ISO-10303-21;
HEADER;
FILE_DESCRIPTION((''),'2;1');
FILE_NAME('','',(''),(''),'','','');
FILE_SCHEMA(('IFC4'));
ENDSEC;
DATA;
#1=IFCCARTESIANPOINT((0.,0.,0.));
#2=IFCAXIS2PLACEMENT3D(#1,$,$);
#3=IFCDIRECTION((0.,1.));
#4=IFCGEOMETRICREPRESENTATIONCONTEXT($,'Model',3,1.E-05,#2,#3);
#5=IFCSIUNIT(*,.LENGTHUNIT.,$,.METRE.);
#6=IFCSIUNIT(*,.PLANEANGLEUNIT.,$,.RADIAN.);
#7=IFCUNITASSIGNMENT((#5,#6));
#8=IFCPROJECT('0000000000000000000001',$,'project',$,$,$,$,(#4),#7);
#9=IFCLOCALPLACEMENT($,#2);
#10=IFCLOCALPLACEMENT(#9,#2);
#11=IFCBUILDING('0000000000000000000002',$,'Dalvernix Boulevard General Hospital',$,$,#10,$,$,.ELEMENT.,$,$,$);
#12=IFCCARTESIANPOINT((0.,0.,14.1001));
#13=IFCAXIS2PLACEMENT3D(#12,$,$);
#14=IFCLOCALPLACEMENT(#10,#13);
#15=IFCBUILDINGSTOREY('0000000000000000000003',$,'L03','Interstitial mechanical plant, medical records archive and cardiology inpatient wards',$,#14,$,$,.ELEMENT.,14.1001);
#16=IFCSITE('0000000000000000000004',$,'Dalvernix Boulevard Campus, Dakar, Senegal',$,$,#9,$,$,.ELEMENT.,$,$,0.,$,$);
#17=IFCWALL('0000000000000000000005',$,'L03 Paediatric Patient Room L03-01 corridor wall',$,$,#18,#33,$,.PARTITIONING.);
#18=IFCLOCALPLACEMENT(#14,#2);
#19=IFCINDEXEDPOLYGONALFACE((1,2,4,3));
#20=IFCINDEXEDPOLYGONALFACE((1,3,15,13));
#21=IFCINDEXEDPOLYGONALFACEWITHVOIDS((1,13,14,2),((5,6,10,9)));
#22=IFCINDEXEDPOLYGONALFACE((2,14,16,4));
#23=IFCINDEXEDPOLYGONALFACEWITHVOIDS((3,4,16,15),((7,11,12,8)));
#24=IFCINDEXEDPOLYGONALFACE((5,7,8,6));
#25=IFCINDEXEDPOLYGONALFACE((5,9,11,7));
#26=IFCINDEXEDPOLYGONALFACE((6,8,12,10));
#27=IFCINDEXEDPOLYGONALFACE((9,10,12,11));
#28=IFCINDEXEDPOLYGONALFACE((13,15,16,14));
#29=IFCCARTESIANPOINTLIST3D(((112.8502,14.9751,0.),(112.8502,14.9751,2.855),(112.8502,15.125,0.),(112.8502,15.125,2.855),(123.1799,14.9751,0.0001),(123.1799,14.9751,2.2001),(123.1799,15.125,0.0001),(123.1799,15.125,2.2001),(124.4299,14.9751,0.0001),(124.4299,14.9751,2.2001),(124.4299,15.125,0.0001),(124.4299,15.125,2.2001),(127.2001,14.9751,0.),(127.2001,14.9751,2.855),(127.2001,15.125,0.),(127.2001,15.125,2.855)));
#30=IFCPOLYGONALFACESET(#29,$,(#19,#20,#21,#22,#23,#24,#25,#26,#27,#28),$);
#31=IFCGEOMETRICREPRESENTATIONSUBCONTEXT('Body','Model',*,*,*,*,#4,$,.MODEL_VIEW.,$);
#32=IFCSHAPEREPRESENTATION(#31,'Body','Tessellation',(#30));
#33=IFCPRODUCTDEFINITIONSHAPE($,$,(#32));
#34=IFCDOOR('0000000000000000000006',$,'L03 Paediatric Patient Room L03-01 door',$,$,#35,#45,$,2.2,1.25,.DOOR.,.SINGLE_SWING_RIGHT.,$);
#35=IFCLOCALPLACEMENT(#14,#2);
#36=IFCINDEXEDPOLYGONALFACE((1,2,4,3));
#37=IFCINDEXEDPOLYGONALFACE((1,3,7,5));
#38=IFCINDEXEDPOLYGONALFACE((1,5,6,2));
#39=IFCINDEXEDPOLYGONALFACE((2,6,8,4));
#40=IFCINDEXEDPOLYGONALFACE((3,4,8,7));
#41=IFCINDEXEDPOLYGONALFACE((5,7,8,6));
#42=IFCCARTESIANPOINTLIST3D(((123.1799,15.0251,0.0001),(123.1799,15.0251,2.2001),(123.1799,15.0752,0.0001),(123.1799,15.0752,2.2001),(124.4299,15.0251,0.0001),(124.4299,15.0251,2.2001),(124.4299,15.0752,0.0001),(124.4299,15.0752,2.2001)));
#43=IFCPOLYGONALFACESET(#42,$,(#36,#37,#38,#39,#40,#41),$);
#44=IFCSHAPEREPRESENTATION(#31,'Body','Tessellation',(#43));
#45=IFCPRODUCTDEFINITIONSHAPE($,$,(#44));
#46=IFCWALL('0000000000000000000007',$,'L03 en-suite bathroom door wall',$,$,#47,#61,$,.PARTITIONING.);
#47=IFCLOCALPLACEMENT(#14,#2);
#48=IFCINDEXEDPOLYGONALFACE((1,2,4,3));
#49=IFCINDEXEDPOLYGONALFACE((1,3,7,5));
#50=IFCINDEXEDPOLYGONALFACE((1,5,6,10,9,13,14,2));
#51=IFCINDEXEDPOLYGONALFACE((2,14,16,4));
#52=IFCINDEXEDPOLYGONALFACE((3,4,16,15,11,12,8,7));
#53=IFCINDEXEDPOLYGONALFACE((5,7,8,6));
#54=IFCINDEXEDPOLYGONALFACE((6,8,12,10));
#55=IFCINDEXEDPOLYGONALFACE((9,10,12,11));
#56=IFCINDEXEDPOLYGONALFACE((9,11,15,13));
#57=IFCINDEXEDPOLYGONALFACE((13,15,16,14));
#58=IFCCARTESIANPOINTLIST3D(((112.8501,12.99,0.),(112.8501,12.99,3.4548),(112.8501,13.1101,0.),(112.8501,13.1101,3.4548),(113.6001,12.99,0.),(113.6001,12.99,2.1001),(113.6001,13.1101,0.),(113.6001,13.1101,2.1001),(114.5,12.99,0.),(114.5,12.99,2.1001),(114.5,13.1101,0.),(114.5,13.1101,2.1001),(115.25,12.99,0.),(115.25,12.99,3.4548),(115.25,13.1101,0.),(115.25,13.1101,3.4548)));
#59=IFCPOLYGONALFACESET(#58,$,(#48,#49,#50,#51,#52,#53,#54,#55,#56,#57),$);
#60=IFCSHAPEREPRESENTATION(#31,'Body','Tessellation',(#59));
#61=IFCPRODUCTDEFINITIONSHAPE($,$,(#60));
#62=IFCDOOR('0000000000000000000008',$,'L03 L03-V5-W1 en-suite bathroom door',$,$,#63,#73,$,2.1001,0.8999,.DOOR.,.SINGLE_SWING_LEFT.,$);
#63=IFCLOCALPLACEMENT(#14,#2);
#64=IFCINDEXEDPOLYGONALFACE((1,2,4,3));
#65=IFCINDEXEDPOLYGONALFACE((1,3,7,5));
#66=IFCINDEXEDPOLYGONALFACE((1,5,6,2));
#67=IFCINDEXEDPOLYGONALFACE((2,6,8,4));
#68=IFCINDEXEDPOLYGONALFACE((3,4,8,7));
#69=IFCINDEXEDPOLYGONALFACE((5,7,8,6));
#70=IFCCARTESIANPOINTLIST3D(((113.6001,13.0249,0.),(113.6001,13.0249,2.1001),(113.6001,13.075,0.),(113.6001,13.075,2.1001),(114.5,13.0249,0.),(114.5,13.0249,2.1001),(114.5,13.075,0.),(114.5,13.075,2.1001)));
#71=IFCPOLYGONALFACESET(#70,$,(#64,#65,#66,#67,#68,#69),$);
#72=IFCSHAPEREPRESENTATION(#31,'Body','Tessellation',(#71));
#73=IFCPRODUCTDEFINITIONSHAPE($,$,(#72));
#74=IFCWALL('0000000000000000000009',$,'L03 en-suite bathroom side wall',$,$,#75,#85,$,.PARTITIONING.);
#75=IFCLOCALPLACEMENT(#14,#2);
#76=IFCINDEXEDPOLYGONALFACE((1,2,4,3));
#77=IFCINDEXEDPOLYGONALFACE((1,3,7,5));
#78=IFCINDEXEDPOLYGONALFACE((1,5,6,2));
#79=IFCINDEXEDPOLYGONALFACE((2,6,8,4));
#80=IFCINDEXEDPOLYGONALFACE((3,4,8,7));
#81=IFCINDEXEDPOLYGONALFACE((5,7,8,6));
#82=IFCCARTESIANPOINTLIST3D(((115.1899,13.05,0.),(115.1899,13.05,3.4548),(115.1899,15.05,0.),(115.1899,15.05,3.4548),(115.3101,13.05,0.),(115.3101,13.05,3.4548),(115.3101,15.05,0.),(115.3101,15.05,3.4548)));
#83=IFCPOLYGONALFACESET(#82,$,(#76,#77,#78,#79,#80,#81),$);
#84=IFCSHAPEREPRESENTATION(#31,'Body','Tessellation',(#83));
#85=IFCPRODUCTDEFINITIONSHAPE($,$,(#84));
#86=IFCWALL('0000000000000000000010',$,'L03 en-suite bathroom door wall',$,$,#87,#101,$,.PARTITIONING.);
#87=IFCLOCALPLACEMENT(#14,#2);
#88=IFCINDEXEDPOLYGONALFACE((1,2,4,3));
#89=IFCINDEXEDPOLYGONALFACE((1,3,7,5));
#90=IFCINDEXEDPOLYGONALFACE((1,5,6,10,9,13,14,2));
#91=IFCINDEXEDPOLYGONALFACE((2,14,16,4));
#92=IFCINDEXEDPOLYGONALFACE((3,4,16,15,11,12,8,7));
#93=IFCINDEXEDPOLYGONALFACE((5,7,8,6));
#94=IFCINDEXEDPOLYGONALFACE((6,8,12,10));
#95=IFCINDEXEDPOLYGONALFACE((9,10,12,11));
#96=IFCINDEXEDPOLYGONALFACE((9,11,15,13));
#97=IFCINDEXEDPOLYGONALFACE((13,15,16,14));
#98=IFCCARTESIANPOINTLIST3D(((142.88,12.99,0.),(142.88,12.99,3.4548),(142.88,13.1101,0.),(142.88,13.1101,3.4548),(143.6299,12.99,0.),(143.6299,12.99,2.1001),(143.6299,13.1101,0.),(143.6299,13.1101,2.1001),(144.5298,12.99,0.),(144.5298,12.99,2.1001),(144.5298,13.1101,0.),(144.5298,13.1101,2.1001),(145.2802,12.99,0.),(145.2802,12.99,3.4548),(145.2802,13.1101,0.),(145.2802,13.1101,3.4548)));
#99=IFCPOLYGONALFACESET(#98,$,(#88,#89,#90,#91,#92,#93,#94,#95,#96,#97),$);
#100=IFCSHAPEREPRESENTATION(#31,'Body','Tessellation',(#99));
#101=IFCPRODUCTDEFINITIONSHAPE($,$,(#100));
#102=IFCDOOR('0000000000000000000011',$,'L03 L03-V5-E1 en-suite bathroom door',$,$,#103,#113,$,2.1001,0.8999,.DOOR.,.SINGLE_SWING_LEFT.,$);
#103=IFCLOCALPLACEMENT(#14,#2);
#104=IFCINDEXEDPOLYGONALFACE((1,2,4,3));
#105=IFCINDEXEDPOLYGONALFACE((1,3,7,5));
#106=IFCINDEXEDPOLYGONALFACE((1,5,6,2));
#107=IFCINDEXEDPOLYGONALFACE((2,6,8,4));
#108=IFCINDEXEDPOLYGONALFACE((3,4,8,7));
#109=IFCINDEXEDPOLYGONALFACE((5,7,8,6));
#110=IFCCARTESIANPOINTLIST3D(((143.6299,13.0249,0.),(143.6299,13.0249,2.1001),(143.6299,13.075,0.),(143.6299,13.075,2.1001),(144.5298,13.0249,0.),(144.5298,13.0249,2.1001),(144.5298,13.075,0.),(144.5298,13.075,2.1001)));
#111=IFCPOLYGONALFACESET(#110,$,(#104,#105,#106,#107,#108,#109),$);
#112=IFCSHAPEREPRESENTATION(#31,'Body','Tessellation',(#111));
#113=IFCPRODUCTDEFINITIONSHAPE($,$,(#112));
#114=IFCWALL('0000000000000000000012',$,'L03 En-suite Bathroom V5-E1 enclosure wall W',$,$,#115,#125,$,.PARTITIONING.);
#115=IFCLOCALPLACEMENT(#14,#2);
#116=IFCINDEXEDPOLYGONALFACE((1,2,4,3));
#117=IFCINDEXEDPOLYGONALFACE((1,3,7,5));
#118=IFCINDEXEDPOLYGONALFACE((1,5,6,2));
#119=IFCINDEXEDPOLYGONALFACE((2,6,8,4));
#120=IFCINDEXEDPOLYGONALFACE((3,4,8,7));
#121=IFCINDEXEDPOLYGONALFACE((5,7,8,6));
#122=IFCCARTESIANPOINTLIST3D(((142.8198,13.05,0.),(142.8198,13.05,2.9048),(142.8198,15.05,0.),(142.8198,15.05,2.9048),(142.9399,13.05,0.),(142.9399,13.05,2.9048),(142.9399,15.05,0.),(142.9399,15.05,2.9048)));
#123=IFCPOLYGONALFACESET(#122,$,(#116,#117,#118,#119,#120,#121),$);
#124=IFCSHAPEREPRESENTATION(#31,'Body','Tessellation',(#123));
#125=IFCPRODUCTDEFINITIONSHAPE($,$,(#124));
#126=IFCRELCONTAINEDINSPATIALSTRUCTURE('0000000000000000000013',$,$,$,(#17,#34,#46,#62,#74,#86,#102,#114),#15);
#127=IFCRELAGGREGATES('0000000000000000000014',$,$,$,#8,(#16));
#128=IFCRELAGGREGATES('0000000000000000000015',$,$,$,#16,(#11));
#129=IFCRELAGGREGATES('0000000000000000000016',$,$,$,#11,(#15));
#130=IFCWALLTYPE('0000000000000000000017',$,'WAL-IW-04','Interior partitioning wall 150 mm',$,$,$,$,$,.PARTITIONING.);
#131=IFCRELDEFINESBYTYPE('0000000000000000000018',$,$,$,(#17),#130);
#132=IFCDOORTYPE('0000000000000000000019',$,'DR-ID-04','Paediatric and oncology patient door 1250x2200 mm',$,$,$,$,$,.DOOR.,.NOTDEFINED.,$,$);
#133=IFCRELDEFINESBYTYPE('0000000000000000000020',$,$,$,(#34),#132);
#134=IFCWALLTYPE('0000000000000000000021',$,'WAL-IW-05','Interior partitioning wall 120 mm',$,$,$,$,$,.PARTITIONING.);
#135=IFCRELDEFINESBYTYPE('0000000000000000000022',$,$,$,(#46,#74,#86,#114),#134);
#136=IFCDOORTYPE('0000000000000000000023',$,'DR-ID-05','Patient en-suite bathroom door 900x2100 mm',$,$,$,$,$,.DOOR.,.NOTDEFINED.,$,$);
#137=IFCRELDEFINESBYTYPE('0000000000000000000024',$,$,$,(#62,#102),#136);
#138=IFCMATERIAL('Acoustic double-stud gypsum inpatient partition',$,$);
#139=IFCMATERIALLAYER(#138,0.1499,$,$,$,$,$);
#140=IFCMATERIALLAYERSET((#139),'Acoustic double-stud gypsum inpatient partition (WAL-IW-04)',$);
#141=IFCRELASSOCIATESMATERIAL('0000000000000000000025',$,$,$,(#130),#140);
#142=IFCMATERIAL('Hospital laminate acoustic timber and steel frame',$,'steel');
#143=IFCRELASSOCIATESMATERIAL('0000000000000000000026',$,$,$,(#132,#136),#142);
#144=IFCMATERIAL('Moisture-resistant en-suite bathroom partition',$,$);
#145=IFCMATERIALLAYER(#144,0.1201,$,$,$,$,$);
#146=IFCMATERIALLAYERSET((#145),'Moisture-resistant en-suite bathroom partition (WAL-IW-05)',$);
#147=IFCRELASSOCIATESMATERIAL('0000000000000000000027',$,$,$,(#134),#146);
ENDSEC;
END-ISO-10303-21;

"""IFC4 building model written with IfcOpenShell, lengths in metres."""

from ifc_helpers import new_model, si_unit, direction, frame, frame_2d, origin, place, context, subcontext, project, spatial, rectangle, extrude, material, layer, layer_set, type_object, element, fill, save


model = new_model("IFC4")

# Units and contexts
model_context = context("Model", 3, precision=1e-05, world=origin(), true_north=direction((0.0, 1.0)))
body_context = subcontext(model_context, "Body", "Model", "MODEL_VIEW")
ifc_project = project(units=[si_unit("LENGTHUNIT", "METRE"), si_unit("PLANEANGLEUNIT", "RADIAN")], contexts=[model_context])

# Site, building, storey
site_placement = place(None, origin())
site = spatial("IfcSite", under=ifc_project, at=site_placement, Name="Dalvernix Boulevard Campus, Dakar, Senegal", CompositionType="ELEMENT", RefElevation=0.0)
building_placement = place(site_placement, origin())
building = spatial("IfcBuilding", under=site, at=building_placement, Name="Dalvernix Boulevard General Hospital", CompositionType="ELEMENT")
storey_placement = place(building_placement, frame((0.0, 0.0, 14.1001)))
storey = spatial("IfcBuildingStorey", under=building, at=storey_placement, Name="L03", Description="Interstitial mechanical plant, medical records archive and cardiology inpatient wards", CompositionType="ELEMENT", Elevation=14.1001)

# Walls, openings, doors
ifc_material_1 = material(Name="Acoustic double-stud gypsum inpatient partition")
ifc_layer_1 = layer(ifc_material_1, 0.1499)
ifc_layer_set_1 = layer_set([ifc_layer_1], Name="Acoustic double-stud gypsum inpatient partition (WAL-IW-04)")
wall_type_1 = type_object("IfcWallType", Name="WAL-IW-04", Description="Interior partitioning wall 150 mm", PredefinedType="PARTITIONING", material=ifc_layer_set_1)
wall_1_placement = place(storey_placement, frame((127.2, 15.05, 0.0), z_axis=(0.0, 0.0, 1.0), x_axis=(-1.0, 0.0, 0.0)))
wall_1 = element("IfcWall", 1, at=wall_1_placement, inside=storey, type_object=wall_type_1, Name="L03 Paediatric Patient Room L03-01 corridor wall", PredefinedType="PARTITIONING", context=body_context, shape_type="SweptSolid", body=[
    extrude(rectangle(XDim=14.3499, YDim=0.1499, at=frame_2d((7.1748, 0.0))), origin(), (0.0, 0.0, 1.0), 2.855),
])
opening_1_placement = place(wall_1_placement, frame((2.77, 0.0, 0.0)))
opening_1 = element("IfcOpeningElement", 2, at=opening_1_placement, cuts=wall_1, PredefinedType="OPENING", context=body_context, shape_type="SweptSolid", body=[
    extrude(rectangle(XDim=1.25, YDim=2.2, at=frame_2d((0.625, 1.1001))), frame((0.0, 0.085, 0.0), z_axis=(0.0, -1.0, 0.0), x_axis=(1.0, 0.0, 0.0)), (0.0, 0.0, 1.0), 0.1699),
])
ifc_material_2 = material(Name="Hospital laminate acoustic timber and steel frame", Category="steel")
door_type_1 = type_object("IfcDoorType", Name="DR-ID-04", Description="Paediatric and oncology patient door 1250x2200 mm", OperationType="NOTDEFINED", PredefinedType="DOOR", material=ifc_material_2)
door_1_placement = place(opening_1_placement, origin())
door_1 = element("IfcDoor", 3, at=door_1_placement, inside=storey, type_object=door_type_1, Name="L03 Paediatric Patient Room L03-01 door", OperationType="SINGLE_SWING_RIGHT", OverallHeight=2.2, OverallWidth=1.25, PredefinedType="DOOR", context=body_context, shape_type="SweptSolid", body=[
    extrude(rectangle(XDim=1.25, YDim=2.2, at=frame_2d((0.625, 1.1001))), frame((0.0, 0.0249, 0.0), z_axis=(0.0, -1.0, 0.0), x_axis=(1.0, 0.0, 0.0)), (0.0, 0.0, 1.0), 0.05),
])
fill(opening_1, door_1)
ifc_material_3 = material(Name="Moisture-resistant en-suite bathroom partition")
ifc_layer_2 = layer(ifc_material_3, 0.1201)
ifc_layer_set_2 = layer_set([ifc_layer_2], Name="Moisture-resistant en-suite bathroom partition (WAL-IW-05)")
wall_type_2 = type_object("IfcWallType", Name="WAL-IW-05", Description="Interior partitioning wall 120 mm", PredefinedType="PARTITIONING", material=ifc_layer_set_2)
wall_2_placement = place(storey_placement, frame((112.8501, 13.05, 0.0), z_axis=(0.0, 0.0, 1.0), x_axis=(1.0, 0.0, 0.0)))
wall_2 = element("IfcWall", 4, at=wall_2_placement, inside=storey, type_object=wall_type_2, Name="L03 en-suite bathroom door wall", PredefinedType="PARTITIONING", context=body_context, shape_type="SweptSolid", body=[
    extrude(rectangle(XDim=2.3999, YDim=0.1201, at=frame_2d((1.2, 0.0))), origin(), (0.0, 0.0, 1.0), 3.4548),
])
opening_2_placement = place(wall_2_placement, frame((0.75, 0.0, 0.0)))
opening_2 = element("IfcOpeningElement", 5, at=opening_2_placement, cuts=wall_2, PredefinedType="OPENING", context=body_context, shape_type="SweptSolid", body=[
    extrude(rectangle(XDim=0.8999, YDim=2.1001, at=frame_2d((0.45, 1.05))), frame((0.0, 0.0701, 0.0), z_axis=(0.0, -1.0, 0.0), x_axis=(1.0, 0.0, 0.0)), (0.0, 0.0, 1.0), 0.1401),
])
door_type_2 = type_object("IfcDoorType", Name="DR-ID-05", Description="Patient en-suite bathroom door 900x2100 mm", OperationType="NOTDEFINED", PredefinedType="DOOR", material=ifc_material_2)
door_2_placement = place(opening_2_placement, origin())
door_2 = element("IfcDoor", 6, at=door_2_placement, inside=storey, type_object=door_type_2, Name="L03 L03-V5-W1 en-suite bathroom door", OperationType="SINGLE_SWING_LEFT", OverallHeight=2.1001, OverallWidth=0.8999, PredefinedType="DOOR", context=body_context, shape_type="SweptSolid", body=[
    extrude(rectangle(XDim=0.8999, YDim=2.1001, at=frame_2d((0.45, 1.05))), frame((0.0, 0.0249, 0.0), z_axis=(0.0, -1.0, 0.0), x_axis=(1.0, 0.0, 0.0)), (0.0, 0.0, 1.0), 0.05),
])
fill(opening_2, door_2)

# Wall
wall_3_placement = place(storey_placement, frame((115.25, 13.05, 0.0), z_axis=(0.0, 0.0, 1.0), x_axis=(0.0, 1.0, 0.0)))
element("IfcWall", 7, at=wall_3_placement, inside=storey, type_object=wall_type_2, Name="L03 en-suite bathroom side wall", PredefinedType="PARTITIONING", context=body_context, shape_type="SweptSolid", body=[
    extrude(rectangle(XDim=2.0, YDim=0.1201, at=frame_2d((1.0, 0.0))), origin(), (0.0, 0.0, 1.0), 3.4548),
])

# Wall, opening, door
wall_4_placement = place(storey_placement, frame((142.8799, 13.05, 0.0), z_axis=(0.0, 0.0, 1.0), x_axis=(1.0, 0.0, 0.0)))
wall_4 = element("IfcWall", 8, at=wall_4_placement, inside=storey, type_object=wall_type_2, Name="L03 en-suite bathroom door wall", PredefinedType="PARTITIONING", context=body_context, shape_type="SweptSolid", body=[
    extrude(rectangle(XDim=2.4001, YDim=0.1201, at=frame_2d((1.2002, 0.0))), origin(), (0.0, 0.0, 1.0), 3.4548),
])
opening_3_placement = place(wall_4_placement, frame((0.75, 0.0, 0.0)))
opening_3 = element("IfcOpeningElement", 9, at=opening_3_placement, cuts=wall_4, PredefinedType="OPENING", context=body_context, shape_type="SweptSolid", body=[
    extrude(rectangle(XDim=0.8999, YDim=2.1001, at=frame_2d((0.45, 1.05))), frame((0.0, 0.0701, 0.0), z_axis=(0.0, -1.0, 0.0), x_axis=(1.0, 0.0, 0.0)), (0.0, 0.0, 1.0), 0.1401),
])
door_3_placement = place(opening_3_placement, origin())
door_3 = element("IfcDoor", 10, at=door_3_placement, inside=storey, type_object=door_type_2, Name="L03 L03-V5-E1 en-suite bathroom door", OperationType="SINGLE_SWING_LEFT", OverallHeight=2.1001, OverallWidth=0.8999, PredefinedType="DOOR", context=body_context, shape_type="SweptSolid", body=[
    extrude(rectangle(XDim=0.8999, YDim=2.1001, at=frame_2d((0.45, 1.05))), frame((0.0, 0.0249, 0.0), z_axis=(0.0, -1.0, 0.0), x_axis=(1.0, 0.0, 0.0)), (0.0, 0.0, 1.0), 0.05),
])
fill(opening_3, door_3)

# Wall
wall_5_placement = place(storey_placement, frame((142.8799, 13.05, 0.0), z_axis=(0.0, 0.0, 1.0), x_axis=(0.0, 1.0, 0.0)))
element("IfcWall", 11, at=wall_5_placement, inside=storey, type_object=wall_type_2, Name="L03 En-suite Bathroom V5-E1 enclosure wall W", PredefinedType="PARTITIONING", context=body_context, shape_type="SweptSolid", body=[
    extrude(rectangle(XDim=2.0, YDim=0.1201, at=frame_2d((1.0, 0.0))), origin(), (0.0, 0.0, 1.0), 2.9048),
])

save(model, "model.ifc")
